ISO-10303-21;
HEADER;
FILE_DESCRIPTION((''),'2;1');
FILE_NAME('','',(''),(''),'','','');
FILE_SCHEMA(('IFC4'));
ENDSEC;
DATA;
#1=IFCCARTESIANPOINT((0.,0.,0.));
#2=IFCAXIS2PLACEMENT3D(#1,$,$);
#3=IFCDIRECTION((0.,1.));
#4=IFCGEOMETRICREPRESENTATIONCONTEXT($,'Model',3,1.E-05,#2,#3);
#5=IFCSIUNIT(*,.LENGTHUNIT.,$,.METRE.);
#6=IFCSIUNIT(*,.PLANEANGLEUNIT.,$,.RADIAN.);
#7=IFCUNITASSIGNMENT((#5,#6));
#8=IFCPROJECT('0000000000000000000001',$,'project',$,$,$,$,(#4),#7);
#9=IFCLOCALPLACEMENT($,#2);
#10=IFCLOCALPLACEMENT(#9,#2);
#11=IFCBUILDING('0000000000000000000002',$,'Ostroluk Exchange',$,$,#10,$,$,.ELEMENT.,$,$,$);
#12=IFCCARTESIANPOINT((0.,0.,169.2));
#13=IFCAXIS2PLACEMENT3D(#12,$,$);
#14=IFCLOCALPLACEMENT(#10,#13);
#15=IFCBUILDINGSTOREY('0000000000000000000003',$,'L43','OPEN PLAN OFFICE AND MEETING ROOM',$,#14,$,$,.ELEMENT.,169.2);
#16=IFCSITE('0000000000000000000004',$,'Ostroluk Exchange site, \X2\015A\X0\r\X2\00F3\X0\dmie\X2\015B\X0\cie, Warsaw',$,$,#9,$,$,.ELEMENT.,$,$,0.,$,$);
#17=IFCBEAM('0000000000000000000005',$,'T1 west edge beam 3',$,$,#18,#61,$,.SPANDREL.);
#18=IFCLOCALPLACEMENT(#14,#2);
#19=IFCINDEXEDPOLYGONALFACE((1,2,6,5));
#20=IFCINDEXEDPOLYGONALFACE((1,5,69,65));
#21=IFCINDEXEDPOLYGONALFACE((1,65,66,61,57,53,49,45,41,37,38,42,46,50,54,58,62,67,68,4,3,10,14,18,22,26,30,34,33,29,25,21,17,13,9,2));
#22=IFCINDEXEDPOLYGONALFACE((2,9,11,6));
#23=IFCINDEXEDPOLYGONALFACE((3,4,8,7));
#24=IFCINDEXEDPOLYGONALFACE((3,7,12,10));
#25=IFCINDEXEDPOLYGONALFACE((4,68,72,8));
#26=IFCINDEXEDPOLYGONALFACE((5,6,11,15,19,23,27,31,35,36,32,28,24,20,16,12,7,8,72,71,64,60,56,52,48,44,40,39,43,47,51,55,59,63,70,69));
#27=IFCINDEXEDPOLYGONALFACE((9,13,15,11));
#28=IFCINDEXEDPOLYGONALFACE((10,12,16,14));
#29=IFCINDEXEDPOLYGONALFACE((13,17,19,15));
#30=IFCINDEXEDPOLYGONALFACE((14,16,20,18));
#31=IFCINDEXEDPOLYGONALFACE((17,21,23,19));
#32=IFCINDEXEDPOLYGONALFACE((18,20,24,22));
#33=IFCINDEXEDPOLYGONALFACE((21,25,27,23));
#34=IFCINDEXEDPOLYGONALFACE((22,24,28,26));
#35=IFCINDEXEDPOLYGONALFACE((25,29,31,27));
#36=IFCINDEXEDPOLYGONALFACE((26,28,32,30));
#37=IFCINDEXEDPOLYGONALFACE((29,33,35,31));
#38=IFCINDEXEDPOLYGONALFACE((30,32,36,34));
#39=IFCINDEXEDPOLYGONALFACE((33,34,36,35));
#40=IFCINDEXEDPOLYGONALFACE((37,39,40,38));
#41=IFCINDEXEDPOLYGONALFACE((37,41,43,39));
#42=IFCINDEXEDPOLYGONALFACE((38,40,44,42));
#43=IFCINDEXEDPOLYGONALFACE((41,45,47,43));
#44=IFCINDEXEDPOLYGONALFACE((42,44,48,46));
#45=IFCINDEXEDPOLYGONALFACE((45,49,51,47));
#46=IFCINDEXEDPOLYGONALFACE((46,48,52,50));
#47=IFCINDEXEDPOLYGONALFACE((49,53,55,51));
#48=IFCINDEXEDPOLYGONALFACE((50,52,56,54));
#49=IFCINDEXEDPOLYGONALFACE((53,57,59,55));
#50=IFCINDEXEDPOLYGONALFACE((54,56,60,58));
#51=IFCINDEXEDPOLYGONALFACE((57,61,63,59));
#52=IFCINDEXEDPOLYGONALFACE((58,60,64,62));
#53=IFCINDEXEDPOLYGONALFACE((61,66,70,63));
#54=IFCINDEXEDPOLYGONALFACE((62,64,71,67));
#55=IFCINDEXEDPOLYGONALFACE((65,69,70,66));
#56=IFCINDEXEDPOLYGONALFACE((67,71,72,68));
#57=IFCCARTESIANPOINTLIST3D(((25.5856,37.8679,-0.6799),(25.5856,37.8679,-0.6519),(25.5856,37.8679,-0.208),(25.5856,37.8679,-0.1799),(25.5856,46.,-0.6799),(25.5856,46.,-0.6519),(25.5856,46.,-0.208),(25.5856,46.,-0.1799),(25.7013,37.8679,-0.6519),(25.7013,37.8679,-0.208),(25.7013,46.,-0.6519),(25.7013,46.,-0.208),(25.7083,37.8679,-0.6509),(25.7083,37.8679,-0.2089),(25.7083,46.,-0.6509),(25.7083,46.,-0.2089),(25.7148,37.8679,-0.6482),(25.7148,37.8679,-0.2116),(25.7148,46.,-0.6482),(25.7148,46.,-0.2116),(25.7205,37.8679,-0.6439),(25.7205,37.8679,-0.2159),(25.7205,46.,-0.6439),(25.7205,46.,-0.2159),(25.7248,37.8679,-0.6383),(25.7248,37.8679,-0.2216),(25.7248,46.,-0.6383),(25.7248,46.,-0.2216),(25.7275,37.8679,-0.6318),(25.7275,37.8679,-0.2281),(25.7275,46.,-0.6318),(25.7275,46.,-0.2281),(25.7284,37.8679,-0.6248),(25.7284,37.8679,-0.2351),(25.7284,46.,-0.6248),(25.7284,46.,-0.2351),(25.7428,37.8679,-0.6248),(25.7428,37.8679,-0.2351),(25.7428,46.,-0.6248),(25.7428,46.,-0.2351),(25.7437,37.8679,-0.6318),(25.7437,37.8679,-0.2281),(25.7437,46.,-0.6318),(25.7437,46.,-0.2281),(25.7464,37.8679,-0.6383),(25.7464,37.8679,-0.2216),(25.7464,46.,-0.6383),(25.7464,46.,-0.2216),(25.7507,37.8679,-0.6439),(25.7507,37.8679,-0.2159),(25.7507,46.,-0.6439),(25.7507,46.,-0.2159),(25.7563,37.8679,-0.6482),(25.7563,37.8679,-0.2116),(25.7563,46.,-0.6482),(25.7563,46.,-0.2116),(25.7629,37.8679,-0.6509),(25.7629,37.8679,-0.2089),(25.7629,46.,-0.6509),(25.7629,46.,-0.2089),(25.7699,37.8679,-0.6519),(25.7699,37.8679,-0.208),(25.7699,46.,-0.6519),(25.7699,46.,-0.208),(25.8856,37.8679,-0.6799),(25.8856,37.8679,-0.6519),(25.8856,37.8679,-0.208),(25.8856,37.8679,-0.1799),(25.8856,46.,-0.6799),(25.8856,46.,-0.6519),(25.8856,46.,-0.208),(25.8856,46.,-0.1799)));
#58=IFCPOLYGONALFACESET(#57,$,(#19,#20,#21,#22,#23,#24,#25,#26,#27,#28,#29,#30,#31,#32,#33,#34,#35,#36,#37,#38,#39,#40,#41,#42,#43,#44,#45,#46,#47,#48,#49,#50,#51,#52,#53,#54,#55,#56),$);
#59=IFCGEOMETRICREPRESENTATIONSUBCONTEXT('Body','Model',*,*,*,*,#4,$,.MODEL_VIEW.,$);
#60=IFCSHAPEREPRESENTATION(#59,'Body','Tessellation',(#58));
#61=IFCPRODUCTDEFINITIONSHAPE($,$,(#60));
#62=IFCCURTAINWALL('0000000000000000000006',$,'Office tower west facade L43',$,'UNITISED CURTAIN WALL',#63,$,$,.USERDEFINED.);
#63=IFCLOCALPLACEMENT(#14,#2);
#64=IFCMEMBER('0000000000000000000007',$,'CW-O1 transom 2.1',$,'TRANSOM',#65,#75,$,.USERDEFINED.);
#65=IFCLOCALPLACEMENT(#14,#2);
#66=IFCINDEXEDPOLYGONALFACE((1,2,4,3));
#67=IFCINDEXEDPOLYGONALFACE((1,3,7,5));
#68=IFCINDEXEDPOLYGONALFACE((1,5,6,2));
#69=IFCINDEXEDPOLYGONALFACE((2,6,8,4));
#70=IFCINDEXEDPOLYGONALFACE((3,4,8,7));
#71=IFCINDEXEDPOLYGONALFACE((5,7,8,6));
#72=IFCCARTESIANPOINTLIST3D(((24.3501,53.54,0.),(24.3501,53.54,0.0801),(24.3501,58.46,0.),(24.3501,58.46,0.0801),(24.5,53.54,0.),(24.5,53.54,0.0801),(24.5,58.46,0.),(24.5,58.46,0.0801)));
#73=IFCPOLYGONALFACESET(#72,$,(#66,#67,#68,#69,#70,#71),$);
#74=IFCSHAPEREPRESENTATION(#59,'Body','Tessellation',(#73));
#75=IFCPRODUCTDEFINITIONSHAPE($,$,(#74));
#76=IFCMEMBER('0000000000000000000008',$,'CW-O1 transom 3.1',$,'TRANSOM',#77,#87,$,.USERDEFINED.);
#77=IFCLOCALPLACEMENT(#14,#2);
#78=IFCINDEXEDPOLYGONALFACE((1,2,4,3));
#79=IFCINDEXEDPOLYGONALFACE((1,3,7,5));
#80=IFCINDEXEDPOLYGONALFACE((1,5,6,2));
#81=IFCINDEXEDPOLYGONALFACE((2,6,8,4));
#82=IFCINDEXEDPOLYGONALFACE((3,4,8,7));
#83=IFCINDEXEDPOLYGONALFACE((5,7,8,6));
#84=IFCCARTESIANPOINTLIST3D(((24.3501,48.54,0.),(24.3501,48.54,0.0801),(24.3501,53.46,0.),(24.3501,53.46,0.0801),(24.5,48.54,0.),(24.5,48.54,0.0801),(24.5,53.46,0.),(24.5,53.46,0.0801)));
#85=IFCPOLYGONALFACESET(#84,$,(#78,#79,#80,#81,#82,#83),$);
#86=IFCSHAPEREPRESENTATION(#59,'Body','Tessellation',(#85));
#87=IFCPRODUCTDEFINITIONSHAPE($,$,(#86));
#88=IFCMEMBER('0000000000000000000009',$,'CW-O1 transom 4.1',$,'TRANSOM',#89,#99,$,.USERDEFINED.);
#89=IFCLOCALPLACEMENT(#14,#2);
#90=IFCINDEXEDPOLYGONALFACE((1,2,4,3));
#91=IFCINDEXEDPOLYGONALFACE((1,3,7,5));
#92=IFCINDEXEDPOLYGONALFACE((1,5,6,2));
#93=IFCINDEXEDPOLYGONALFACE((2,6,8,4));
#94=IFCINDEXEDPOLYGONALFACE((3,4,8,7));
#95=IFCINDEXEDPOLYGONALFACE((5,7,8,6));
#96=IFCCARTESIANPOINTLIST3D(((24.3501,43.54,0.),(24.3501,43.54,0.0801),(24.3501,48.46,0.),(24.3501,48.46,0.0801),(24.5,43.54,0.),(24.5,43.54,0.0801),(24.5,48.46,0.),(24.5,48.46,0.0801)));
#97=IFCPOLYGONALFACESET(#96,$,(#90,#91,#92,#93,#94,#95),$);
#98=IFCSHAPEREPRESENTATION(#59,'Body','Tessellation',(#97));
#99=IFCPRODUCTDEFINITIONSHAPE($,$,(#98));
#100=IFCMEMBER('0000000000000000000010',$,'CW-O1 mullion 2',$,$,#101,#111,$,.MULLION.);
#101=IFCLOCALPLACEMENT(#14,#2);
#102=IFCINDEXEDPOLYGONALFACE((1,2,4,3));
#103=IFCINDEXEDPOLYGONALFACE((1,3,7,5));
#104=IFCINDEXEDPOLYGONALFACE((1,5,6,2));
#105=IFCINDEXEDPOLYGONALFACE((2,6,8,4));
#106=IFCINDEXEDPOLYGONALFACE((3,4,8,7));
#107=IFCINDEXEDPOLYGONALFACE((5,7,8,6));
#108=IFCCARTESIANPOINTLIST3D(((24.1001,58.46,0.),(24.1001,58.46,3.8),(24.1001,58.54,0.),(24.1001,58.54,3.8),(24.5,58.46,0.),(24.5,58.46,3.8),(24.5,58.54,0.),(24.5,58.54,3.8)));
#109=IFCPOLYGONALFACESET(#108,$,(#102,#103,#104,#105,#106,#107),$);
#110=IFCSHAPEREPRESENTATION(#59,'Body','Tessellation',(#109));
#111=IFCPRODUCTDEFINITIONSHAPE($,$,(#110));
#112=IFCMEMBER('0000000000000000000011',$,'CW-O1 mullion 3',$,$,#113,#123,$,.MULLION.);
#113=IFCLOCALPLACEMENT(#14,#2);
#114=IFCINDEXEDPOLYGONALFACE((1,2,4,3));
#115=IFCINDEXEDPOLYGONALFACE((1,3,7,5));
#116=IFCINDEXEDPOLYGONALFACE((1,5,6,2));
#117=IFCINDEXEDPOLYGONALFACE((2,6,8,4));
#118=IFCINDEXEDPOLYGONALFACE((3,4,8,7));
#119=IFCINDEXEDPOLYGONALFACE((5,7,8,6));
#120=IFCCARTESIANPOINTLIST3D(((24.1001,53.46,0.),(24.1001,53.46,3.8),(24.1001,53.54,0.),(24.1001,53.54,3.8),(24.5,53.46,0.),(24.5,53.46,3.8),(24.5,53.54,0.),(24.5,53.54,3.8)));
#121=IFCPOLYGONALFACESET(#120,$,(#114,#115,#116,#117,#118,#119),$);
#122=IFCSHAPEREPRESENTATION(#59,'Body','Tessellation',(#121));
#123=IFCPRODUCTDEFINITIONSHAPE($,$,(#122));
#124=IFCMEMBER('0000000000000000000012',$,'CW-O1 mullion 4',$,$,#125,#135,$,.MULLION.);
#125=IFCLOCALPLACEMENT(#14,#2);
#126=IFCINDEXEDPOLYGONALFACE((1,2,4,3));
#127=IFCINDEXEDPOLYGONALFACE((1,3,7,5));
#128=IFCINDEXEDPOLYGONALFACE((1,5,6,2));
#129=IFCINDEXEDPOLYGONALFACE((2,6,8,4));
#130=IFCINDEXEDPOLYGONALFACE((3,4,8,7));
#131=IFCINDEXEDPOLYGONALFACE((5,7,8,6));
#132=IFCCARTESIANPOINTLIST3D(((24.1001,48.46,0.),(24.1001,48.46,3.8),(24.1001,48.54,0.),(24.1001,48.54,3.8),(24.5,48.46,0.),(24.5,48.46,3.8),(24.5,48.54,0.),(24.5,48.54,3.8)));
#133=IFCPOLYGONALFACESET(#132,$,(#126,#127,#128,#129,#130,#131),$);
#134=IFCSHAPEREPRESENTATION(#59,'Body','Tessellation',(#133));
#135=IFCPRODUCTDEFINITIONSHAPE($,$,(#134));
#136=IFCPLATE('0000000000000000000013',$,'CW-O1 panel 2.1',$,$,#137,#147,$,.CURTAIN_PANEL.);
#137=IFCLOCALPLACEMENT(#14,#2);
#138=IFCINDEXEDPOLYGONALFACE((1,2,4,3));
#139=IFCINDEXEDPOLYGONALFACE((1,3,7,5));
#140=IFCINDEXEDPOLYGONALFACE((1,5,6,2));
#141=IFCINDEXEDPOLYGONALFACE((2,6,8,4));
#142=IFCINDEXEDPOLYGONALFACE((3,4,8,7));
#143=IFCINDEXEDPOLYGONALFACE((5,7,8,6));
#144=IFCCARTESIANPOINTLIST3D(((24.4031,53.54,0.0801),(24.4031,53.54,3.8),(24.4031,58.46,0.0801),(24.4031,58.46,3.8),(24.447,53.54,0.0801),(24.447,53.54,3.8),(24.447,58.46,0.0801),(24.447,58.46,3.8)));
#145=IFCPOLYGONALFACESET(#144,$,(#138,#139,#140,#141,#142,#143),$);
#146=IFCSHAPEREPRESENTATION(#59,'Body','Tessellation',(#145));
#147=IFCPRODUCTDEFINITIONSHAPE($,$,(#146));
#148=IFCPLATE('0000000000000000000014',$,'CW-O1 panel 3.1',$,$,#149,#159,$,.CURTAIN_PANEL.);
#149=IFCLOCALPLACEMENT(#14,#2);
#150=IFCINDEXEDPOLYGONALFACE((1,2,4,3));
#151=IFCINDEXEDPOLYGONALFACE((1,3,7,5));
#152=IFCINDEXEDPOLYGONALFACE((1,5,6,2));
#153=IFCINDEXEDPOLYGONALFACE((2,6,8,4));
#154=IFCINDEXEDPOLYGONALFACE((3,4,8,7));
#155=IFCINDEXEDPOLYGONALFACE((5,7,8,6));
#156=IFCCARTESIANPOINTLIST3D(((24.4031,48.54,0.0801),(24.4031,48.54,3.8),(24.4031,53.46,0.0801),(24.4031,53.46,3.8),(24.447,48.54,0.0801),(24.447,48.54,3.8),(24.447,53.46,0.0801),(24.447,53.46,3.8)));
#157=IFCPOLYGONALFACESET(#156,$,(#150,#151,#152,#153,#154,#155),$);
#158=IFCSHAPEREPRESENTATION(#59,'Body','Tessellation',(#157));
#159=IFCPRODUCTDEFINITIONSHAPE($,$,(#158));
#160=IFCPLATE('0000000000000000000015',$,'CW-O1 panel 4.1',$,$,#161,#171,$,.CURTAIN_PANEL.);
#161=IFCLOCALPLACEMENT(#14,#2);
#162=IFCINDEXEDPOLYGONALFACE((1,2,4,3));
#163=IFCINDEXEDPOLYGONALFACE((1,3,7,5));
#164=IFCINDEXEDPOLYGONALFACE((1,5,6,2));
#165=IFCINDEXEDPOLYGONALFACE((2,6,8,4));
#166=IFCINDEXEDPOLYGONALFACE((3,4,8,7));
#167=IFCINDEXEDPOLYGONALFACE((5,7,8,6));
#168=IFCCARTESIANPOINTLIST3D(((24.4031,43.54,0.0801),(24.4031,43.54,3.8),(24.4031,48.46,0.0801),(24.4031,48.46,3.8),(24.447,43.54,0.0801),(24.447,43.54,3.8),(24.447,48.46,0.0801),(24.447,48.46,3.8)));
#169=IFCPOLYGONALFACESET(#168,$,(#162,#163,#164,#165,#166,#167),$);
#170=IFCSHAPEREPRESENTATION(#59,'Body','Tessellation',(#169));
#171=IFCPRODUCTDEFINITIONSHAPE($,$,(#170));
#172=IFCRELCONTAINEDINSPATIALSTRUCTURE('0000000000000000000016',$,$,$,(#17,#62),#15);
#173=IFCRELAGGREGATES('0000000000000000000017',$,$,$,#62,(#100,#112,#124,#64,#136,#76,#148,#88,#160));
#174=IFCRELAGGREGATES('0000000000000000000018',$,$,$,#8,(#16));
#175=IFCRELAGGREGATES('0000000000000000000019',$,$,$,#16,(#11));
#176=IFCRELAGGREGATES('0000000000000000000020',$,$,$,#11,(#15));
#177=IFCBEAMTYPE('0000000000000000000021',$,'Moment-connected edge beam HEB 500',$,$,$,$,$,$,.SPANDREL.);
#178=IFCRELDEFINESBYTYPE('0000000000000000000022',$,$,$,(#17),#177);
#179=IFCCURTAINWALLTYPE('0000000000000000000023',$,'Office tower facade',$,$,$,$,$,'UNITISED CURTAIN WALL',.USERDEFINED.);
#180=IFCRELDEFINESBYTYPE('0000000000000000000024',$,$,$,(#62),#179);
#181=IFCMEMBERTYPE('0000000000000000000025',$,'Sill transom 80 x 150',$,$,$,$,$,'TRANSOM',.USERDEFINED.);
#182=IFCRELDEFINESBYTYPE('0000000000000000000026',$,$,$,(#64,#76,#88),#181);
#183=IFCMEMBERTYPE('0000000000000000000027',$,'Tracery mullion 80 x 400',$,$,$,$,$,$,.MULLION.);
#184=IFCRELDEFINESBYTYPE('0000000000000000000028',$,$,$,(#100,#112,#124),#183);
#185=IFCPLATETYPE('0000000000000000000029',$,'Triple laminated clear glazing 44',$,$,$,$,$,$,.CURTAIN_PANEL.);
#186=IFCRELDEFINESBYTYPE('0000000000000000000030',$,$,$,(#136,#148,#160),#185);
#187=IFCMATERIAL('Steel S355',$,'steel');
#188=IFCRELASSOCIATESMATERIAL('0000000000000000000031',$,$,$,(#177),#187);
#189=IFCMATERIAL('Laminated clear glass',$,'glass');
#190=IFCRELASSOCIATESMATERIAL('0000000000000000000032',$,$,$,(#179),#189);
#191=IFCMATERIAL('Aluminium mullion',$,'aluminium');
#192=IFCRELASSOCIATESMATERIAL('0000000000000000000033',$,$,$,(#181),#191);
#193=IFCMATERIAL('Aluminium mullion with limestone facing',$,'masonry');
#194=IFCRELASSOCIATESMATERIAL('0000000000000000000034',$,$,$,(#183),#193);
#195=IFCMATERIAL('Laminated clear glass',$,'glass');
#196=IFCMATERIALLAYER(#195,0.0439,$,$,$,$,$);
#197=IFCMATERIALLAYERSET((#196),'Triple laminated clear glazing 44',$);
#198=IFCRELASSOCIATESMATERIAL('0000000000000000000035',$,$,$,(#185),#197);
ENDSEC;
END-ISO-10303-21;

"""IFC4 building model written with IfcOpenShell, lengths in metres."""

from ifc_helpers import new_model, si_unit, direction, frame, origin, origin_2d, place, context, subcontext, project, spatial, rectangle, i_section, extrude, material, layer, layer_set, material_profile, profile_set, type_object, element, aggregate, save


model = new_model("IFC4")

# Units and contexts
model_context = context("Model", 3, precision=1e-05, world=origin(), true_north=direction((0.0, 1.0)))
body_context = subcontext(model_context, "Body", "Model", "MODEL_VIEW")
ifc_project = project(units=[si_unit("LENGTHUNIT", "METRE"), si_unit("PLANEANGLEUNIT", "RADIAN")], contexts=[model_context])

# Site, building, storey
site_placement = place(None, origin())
site = spatial("IfcSite", under=ifc_project, at=site_placement, Name="Ostroluk Exchange site, Śródmieście, Warsaw", CompositionType="ELEMENT", RefElevation=0.0)
building_placement = place(site_placement, origin())
building = spatial("IfcBuilding", under=site, at=building_placement, Name="Ostroluk Exchange", CompositionType="ELEMENT")
storey_placement = place(building_placement, frame((0.0, 0.0, 169.2)))
storey = spatial("IfcBuildingStorey", under=building, at=storey_placement, Name="L43", Description="OPEN PLAN OFFICE AND MEETING ROOM", CompositionType="ELEMENT", Elevation=169.2)

# Beam
ifc_material_1 = material(Name="Steel S355", Category="steel")
ifc_material_profile_1 = material_profile(ifc_material_1, i_section(OverallWidth=0.3, OverallDepth=0.5, WebThickness=0.0144, FlangeThickness=0.0281, FilletRadius=0.0271, at=origin_2d()), Name="HEB 500")
ifc_profile_set_1 = profile_set([ifc_material_profile_1], Name="Steel S355")
beam_type = type_object("IfcBeamType", Name="Moment-connected edge beam HEB 500", PredefinedType="SPANDREL", material=ifc_profile_set_1)
for number, where, z_axis, x_axis, name in (
    (1, (25.7356, 46.0, -0.4299), (0.0, -1.0, 0.0), (1.0, 0.0, 0.0), "T1 west edge beam 3"),
):
    element("IfcBeam", number, at=place(storey_placement, frame(where, z_axis=z_axis, x_axis=x_axis)), inside=storey, type_object=beam_type, Name=name, PredefinedType="SPANDREL", context=body_context, shape_type="SweptSolid", body=[
        extrude(i_section(OverallWidth=0.3, OverallDepth=0.5, WebThickness=0.0144, FlangeThickness=0.0281, FilletRadius=0.0271, at=origin_2d()), origin(), (0.0, 0.0, 1.0), 8.1321),
    ])

# Curtain wall, members, plates
ifc_material_2 = material(Name="Laminated clear glass", Category="glass")
curtain_wall_type = type_object("IfcCurtainWallType", Name="Office tower facade", ElementType="UNITISED CURTAIN WALL", PredefinedType="USERDEFINED", material=ifc_material_2)
curtain_wall_placement = place(storey_placement, origin())
curtain_wall = element("IfcCurtainWall", 2, at=curtain_wall_placement, inside=storey, type_object=curtain_wall_type, Name="Office tower west facade L43", ObjectType="UNITISED CURTAIN WALL", PredefinedType="USERDEFINED")
ifc_material_3 = material(Name="Aluminium mullion", Category="aluminium")
ifc_material_profile_2 = material_profile(ifc_material_3, rectangle(XDim=0.1499, YDim=0.0801, at=origin_2d()), Name="Sill transom 80 x 150")
ifc_profile_set_2 = profile_set([ifc_material_profile_2], Name="Aluminium mullion")
member_type_1 = type_object("IfcMemberType", Name="Sill transom 80 x 150", ElementType="TRANSOM", PredefinedType="USERDEFINED", material=ifc_profile_set_2)
member_1_placement = place(storey_placement, frame((24.425, 58.46, 0.04), z_axis=(0.0, -1.0, 0.0), x_axis=(1.0, 0.0, 0.0)))
member_1 = element("IfcMember", 3, at=member_1_placement, type_object=member_type_1, Name="CW-O1 transom 2.1", ObjectType="TRANSOM", PredefinedType="USERDEFINED", context=body_context, shape_type="SweptSolid", body=[
    extrude(rectangle(XDim=0.1499, YDim=0.0801, at=origin_2d()), origin(), (0.0, 0.0, 1.0), 4.9199),
])
member_2_placement = place(storey_placement, frame((24.425, 53.46, 0.04), z_axis=(0.0, -1.0, 0.0), x_axis=(1.0, 0.0, 0.0)))
member_2 = element("IfcMember", 4, at=member_2_placement, type_object=member_type_1, Name="CW-O1 transom 3.1", ObjectType="TRANSOM", PredefinedType="USERDEFINED", context=body_context, shape_type="SweptSolid", body=[
    extrude(rectangle(XDim=0.1499, YDim=0.0801, at=origin_2d()), origin(), (0.0, 0.0, 1.0), 4.9199),
])
member_3_placement = place(storey_placement, frame((24.425, 48.46, 0.04), z_axis=(0.0, -1.0, 0.0), x_axis=(1.0, 0.0, 0.0)))
member_3 = element("IfcMember", 5, at=member_3_placement, type_object=member_type_1, Name="CW-O1 transom 4.1", ObjectType="TRANSOM", PredefinedType="USERDEFINED", context=body_context, shape_type="SweptSolid", body=[
    extrude(rectangle(XDim=0.1499, YDim=0.0801, at=origin_2d()), origin(), (0.0, 0.0, 1.0), 4.9199),
])
ifc_material_4 = material(Name="Aluminium mullion with limestone facing", Category="masonry")
ifc_material_profile_3 = material_profile(ifc_material_4, rectangle(XDim=0.3999, YDim=0.0801, at=origin_2d()), Name="Tracery mullion 80 x 400")
ifc_profile_set_3 = profile_set([ifc_material_profile_3], Name="Aluminium mullion with limestone facing")
member_type_2 = type_object("IfcMemberType", Name="Tracery mullion 80 x 400", PredefinedType="MULLION", material=ifc_profile_set_3)
member_4_placement = place(storey_placement, frame((24.3, 58.5, 0.0), z_axis=(0.0, 0.0, 1.0), x_axis=(1.0, 0.0, 0.0)))
member_4 = element("IfcMember", 6, at=member_4_placement, type_object=member_type_2, Name="CW-O1 mullion 2", PredefinedType="MULLION", context=body_context, shape_type="SweptSolid", body=[
    extrude(rectangle(XDim=0.3999, YDim=0.0801, at=origin_2d()), origin(), (0.0, 0.0, 1.0), 3.8),
])
member_5_placement = place(storey_placement, frame((24.3, 53.5, 0.0), z_axis=(0.0, 0.0, 1.0), x_axis=(1.0, 0.0, 0.0)))
member_5 = element("IfcMember", 7, at=member_5_placement, type_object=member_type_2, Name="CW-O1 mullion 3", PredefinedType="MULLION", context=body_context, shape_type="SweptSolid", body=[
    extrude(rectangle(XDim=0.3999, YDim=0.0801, at=origin_2d()), origin(), (0.0, 0.0, 1.0), 3.8),
])
member_6_placement = place(storey_placement, frame((24.3, 48.5, 0.0), z_axis=(0.0, 0.0, 1.0), x_axis=(1.0, 0.0, 0.0)))
member_6 = element("IfcMember", 8, at=member_6_placement, type_object=member_type_2, Name="CW-O1 mullion 4", PredefinedType="MULLION", context=body_context, shape_type="SweptSolid", body=[
    extrude(rectangle(XDim=0.3999, YDim=0.0801, at=origin_2d()), origin(), (0.0, 0.0, 1.0), 3.8),
])
ifc_material_5 = material(Name="Laminated clear glass", Category="glass")
ifc_layer_1 = layer(ifc_material_5, 0.0439)
ifc_layer_set_1 = layer_set([ifc_layer_1], Name="Triple laminated clear glazing 44")
plate_type = type_object("IfcPlateType", Name="Triple laminated clear glazing 44", PredefinedType="CURTAIN_PANEL", material=ifc_layer_set_1)
plate_1_placement = place(storey_placement, frame((24.425, 56.0, 0.0801), z_axis=(0.0, 0.0, 1.0), x_axis=(0.0, -1.0, 0.0)))
plate_1 = element("IfcPlate", 9, at=plate_1_placement, type_object=plate_type, Name="CW-O1 panel 2.1", PredefinedType="CURTAIN_PANEL", context=body_context, shape_type="SweptSolid", body=[
    extrude(rectangle(XDim=4.9199, YDim=0.0439, at=origin_2d()), origin(), (0.0, 0.0, 1.0), 3.72),
])
plate_2_placement = place(storey_placement, frame((24.425, 51.0, 0.0801), z_axis=(0.0, 0.0, 1.0), x_axis=(0.0, -1.0, 0.0)))
plate_2 = element("IfcPlate", 10, at=plate_2_placement, type_object=plate_type, Name="CW-O1 panel 3.1", PredefinedType="CURTAIN_PANEL", context=body_context, shape_type="SweptSolid", body=[
    extrude(rectangle(XDim=4.9199, YDim=0.0439, at=origin_2d()), origin(), (0.0, 0.0, 1.0), 3.72),
])
plate_3_placement = place(storey_placement, frame((24.425, 46.0, 0.0801), z_axis=(0.0, 0.0, 1.0), x_axis=(0.0, -1.0, 0.0)))
plate_3 = element("IfcPlate", 11, at=plate_3_placement, type_object=plate_type, Name="CW-O1 panel 4.1", PredefinedType="CURTAIN_PANEL", context=body_context, shape_type="SweptSolid", body=[
    extrude(rectangle(XDim=4.9199, YDim=0.0439, at=origin_2d()), origin(), (0.0, 0.0, 1.0), 3.72),
])
aggregate(curtain_wall, [member_4, member_5, member_6, member_1, plate_1, member_2, plate_2, member_3, plate_3])

save(model, "model.ifc")
